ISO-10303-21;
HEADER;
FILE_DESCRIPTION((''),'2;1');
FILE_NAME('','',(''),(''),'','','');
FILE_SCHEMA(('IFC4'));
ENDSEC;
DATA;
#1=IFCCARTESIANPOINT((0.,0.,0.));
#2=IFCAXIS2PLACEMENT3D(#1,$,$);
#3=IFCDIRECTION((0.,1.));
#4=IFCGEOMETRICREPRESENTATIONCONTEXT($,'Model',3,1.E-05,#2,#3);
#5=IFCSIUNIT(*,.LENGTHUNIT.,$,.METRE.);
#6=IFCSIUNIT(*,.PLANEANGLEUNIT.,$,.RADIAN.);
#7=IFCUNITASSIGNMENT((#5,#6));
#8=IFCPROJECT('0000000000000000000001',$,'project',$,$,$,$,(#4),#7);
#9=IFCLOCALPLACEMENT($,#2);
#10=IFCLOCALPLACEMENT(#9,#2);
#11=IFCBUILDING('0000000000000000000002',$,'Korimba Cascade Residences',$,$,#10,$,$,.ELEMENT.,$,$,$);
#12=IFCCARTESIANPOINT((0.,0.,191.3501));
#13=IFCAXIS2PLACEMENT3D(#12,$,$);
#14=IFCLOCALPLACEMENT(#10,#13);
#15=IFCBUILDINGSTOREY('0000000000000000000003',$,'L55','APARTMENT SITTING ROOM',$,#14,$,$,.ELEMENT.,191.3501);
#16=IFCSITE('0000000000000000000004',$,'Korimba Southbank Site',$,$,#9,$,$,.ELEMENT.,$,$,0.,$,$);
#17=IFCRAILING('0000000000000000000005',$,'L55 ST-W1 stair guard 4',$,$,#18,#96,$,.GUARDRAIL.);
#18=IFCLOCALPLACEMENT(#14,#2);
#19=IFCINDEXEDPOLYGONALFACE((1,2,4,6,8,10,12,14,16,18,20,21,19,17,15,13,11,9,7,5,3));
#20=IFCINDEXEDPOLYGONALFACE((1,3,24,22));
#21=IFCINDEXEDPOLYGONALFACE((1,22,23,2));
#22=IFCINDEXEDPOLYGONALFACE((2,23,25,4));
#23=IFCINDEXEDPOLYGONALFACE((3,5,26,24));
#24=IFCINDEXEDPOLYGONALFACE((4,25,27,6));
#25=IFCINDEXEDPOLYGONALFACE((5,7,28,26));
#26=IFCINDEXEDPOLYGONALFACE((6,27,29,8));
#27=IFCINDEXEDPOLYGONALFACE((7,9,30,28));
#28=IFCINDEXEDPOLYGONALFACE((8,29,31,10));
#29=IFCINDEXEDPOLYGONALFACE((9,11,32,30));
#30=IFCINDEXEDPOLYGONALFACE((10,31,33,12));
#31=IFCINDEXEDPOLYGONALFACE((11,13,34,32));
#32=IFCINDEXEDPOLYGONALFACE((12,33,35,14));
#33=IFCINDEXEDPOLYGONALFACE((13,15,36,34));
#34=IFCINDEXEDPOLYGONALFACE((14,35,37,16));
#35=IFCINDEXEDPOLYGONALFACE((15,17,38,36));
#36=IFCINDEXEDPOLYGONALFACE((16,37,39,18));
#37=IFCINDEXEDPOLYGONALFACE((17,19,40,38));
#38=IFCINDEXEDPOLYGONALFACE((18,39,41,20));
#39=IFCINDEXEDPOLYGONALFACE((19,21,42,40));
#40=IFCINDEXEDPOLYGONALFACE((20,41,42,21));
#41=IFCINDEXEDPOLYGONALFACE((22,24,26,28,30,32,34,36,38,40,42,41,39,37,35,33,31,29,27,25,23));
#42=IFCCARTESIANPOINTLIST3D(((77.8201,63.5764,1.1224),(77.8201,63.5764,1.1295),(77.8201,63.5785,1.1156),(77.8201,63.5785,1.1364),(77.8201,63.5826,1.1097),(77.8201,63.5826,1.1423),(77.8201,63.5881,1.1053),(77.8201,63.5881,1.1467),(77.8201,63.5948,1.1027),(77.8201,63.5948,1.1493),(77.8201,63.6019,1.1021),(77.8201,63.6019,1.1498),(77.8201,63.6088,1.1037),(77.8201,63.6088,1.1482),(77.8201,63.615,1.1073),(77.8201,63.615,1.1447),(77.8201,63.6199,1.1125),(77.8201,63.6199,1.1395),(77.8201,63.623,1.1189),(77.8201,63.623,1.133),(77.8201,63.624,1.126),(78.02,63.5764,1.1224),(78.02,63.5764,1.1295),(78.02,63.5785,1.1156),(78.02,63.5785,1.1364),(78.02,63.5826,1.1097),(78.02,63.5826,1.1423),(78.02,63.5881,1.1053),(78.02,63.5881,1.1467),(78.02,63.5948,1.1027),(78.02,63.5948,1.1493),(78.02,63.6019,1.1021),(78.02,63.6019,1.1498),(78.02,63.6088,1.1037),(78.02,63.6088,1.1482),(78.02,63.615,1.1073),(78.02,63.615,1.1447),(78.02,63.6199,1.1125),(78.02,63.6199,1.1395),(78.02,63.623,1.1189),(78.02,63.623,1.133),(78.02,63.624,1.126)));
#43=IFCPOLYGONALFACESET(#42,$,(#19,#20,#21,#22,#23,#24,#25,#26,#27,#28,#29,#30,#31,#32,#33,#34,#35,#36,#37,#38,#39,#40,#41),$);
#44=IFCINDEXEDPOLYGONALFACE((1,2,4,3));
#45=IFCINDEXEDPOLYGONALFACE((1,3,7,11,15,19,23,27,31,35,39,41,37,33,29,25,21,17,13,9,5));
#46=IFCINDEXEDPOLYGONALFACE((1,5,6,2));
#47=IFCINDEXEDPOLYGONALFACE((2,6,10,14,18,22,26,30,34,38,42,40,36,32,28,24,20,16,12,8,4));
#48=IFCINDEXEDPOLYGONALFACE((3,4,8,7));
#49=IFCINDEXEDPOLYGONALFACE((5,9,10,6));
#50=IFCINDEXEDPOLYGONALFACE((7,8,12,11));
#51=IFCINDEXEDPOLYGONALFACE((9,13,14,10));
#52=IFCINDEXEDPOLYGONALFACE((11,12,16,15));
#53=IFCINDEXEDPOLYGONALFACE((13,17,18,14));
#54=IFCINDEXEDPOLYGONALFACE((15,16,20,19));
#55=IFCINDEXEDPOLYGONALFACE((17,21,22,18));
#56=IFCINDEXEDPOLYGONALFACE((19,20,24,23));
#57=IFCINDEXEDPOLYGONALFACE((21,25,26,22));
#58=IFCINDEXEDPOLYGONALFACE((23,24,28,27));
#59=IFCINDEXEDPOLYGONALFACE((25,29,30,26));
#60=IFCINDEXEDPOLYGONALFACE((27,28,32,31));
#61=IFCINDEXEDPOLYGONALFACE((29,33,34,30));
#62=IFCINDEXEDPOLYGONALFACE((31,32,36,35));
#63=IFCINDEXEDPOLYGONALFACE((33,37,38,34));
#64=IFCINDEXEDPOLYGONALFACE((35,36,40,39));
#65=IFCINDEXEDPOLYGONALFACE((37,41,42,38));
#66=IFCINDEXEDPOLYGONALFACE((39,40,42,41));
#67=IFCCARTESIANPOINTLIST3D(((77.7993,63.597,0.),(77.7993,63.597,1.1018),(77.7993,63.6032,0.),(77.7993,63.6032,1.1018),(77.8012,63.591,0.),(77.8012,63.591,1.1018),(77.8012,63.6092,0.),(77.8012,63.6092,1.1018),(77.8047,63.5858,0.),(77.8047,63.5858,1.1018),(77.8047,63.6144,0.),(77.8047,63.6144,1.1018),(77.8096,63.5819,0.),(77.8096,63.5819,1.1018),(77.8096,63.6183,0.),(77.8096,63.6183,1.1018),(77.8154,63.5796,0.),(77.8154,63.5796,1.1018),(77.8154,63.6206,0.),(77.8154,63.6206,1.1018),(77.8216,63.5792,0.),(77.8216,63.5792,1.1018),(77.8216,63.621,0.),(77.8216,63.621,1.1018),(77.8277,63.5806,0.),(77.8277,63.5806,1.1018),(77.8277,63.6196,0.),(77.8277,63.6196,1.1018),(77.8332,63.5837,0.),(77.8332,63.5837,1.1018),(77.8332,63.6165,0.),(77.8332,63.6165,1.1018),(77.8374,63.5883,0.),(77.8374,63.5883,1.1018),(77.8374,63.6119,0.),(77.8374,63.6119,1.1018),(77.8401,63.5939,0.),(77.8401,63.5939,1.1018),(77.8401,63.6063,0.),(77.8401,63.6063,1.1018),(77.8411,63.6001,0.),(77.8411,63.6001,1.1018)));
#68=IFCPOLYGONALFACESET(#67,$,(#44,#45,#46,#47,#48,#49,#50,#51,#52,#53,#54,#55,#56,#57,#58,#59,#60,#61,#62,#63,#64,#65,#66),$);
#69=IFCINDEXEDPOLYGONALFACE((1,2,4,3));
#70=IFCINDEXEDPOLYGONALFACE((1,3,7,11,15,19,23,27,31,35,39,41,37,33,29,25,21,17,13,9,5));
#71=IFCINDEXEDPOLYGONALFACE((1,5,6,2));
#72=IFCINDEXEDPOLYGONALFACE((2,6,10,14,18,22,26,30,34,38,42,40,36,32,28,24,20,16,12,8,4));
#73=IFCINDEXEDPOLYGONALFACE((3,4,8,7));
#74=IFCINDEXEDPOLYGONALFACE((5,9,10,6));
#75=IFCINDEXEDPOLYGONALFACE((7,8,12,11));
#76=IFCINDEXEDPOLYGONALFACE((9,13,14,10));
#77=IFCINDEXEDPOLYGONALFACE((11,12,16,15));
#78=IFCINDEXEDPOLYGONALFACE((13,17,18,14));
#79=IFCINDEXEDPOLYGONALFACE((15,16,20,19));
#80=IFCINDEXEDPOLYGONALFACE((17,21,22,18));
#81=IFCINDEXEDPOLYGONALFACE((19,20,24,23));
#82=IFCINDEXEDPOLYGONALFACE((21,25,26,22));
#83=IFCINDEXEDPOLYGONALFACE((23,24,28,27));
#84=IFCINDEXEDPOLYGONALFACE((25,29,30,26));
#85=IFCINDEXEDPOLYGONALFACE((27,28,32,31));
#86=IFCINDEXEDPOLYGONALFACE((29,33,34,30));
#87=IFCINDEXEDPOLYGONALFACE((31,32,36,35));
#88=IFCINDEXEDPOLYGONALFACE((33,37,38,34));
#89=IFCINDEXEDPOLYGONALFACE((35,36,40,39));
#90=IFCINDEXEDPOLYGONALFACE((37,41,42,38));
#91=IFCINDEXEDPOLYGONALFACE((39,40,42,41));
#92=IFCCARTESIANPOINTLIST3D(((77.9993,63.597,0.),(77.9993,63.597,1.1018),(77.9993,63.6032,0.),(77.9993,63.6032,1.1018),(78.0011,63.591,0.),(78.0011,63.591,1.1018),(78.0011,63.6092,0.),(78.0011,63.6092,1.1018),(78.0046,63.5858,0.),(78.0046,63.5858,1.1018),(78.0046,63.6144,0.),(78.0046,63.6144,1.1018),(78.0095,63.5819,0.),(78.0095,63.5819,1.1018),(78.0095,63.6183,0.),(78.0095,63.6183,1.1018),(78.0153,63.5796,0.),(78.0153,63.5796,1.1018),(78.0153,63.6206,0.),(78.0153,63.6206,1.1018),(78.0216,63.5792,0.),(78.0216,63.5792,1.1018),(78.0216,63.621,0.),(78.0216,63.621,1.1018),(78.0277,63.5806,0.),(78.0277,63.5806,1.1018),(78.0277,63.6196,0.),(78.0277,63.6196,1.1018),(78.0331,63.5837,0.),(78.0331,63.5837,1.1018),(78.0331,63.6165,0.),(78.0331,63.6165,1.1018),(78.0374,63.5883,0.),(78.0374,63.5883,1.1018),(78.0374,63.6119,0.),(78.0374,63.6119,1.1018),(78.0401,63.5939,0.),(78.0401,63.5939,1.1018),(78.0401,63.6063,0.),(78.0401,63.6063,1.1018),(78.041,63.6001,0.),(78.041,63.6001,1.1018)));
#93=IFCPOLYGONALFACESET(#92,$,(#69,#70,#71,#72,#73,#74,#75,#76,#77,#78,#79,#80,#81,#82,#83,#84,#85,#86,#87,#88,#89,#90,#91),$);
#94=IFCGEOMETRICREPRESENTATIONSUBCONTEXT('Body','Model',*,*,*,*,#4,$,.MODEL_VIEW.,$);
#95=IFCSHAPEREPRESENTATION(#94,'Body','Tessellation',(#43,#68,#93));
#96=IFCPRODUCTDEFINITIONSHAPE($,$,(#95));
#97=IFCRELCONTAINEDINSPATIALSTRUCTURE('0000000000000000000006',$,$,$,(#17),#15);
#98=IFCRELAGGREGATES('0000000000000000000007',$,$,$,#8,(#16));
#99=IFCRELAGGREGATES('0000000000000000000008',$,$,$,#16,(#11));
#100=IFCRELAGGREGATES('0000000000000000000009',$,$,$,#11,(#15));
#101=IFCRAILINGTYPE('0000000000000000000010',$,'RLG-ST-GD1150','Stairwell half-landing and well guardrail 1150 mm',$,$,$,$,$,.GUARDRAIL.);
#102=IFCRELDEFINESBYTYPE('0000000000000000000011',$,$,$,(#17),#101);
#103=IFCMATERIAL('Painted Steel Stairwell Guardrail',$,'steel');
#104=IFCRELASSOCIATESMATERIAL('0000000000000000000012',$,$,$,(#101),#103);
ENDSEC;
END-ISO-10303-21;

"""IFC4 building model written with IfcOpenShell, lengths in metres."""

from ifc_helpers import new_model, si_unit, direction, frame, origin, origin_2d, place, context, subcontext, project, spatial, circle, extrude, material, type_object, element, save


model = new_model("IFC4")

# Units and contexts
model_context = context("Model", 3, precision=1e-05, world=origin(), true_north=direction((0.0, 1.0)))
body_context = subcontext(model_context, "Body", "Model", "MODEL_VIEW")
ifc_project = project(units=[si_unit("LENGTHUNIT", "METRE"), si_unit("PLANEANGLEUNIT", "RADIAN")], contexts=[model_context])

# Site, building, storey
site_placement = place(None, origin())
site = spatial("IfcSite", under=ifc_project, at=site_placement, Name="Korimba Southbank Site", CompositionType="ELEMENT", RefElevation=0.0)
building_placement = place(site_placement, origin())
building = spatial("IfcBuilding", under=site, at=building_placement, Name="Korimba Cascade Residences", CompositionType="ELEMENT")
storey_placement = place(building_placement, frame((0.0, 0.0, 191.3501)))
storey = spatial("IfcBuildingStorey", under=building, at=storey_placement, Name="L55", Description="APARTMENT SITTING ROOM", CompositionType="ELEMENT", Elevation=191.3501)

# Railing
ifc_material_1 = material(Name="Painted Steel Stairwell Guardrail", Category="steel")
railing_type_1 = type_object("IfcRailingType", Name="RLG-ST-GD1150", Description="Stairwell half-landing and well guardrail 1150 mm", PredefinedType="GUARDRAIL", material=ifc_material_1)
railing_1_placement = place(storey_placement, frame((77.8201, 63.6001, 0.0)))
element("IfcRailing", 1, at=railing_1_placement, inside=storey, type_object=railing_type_1, Name="L55 ST-W1 stair guard 4", PredefinedType="GUARDRAIL", context=body_context, shape_type="SweptSolid", body=[
    extrude(circle(Radius=0.0239, at=origin_2d()), frame((0.0, 0.0, 1.126), z_axis=(1.0, 0.0, 0.0), x_axis=(0.0, 1.0, 0.0)), (0.0, 0.0, 1.0), 0.2),
    extrude(circle(Radius=0.021, at=origin_2d()), origin(), (0.0, 0.0, 1.0), 1.1018),
    extrude(circle(Radius=0.021, at=origin_2d()), frame((0.2, 0.0, 0.0)), (0.0, 0.0, 1.0), 1.1018),
])

save(model, "model.ifc")
